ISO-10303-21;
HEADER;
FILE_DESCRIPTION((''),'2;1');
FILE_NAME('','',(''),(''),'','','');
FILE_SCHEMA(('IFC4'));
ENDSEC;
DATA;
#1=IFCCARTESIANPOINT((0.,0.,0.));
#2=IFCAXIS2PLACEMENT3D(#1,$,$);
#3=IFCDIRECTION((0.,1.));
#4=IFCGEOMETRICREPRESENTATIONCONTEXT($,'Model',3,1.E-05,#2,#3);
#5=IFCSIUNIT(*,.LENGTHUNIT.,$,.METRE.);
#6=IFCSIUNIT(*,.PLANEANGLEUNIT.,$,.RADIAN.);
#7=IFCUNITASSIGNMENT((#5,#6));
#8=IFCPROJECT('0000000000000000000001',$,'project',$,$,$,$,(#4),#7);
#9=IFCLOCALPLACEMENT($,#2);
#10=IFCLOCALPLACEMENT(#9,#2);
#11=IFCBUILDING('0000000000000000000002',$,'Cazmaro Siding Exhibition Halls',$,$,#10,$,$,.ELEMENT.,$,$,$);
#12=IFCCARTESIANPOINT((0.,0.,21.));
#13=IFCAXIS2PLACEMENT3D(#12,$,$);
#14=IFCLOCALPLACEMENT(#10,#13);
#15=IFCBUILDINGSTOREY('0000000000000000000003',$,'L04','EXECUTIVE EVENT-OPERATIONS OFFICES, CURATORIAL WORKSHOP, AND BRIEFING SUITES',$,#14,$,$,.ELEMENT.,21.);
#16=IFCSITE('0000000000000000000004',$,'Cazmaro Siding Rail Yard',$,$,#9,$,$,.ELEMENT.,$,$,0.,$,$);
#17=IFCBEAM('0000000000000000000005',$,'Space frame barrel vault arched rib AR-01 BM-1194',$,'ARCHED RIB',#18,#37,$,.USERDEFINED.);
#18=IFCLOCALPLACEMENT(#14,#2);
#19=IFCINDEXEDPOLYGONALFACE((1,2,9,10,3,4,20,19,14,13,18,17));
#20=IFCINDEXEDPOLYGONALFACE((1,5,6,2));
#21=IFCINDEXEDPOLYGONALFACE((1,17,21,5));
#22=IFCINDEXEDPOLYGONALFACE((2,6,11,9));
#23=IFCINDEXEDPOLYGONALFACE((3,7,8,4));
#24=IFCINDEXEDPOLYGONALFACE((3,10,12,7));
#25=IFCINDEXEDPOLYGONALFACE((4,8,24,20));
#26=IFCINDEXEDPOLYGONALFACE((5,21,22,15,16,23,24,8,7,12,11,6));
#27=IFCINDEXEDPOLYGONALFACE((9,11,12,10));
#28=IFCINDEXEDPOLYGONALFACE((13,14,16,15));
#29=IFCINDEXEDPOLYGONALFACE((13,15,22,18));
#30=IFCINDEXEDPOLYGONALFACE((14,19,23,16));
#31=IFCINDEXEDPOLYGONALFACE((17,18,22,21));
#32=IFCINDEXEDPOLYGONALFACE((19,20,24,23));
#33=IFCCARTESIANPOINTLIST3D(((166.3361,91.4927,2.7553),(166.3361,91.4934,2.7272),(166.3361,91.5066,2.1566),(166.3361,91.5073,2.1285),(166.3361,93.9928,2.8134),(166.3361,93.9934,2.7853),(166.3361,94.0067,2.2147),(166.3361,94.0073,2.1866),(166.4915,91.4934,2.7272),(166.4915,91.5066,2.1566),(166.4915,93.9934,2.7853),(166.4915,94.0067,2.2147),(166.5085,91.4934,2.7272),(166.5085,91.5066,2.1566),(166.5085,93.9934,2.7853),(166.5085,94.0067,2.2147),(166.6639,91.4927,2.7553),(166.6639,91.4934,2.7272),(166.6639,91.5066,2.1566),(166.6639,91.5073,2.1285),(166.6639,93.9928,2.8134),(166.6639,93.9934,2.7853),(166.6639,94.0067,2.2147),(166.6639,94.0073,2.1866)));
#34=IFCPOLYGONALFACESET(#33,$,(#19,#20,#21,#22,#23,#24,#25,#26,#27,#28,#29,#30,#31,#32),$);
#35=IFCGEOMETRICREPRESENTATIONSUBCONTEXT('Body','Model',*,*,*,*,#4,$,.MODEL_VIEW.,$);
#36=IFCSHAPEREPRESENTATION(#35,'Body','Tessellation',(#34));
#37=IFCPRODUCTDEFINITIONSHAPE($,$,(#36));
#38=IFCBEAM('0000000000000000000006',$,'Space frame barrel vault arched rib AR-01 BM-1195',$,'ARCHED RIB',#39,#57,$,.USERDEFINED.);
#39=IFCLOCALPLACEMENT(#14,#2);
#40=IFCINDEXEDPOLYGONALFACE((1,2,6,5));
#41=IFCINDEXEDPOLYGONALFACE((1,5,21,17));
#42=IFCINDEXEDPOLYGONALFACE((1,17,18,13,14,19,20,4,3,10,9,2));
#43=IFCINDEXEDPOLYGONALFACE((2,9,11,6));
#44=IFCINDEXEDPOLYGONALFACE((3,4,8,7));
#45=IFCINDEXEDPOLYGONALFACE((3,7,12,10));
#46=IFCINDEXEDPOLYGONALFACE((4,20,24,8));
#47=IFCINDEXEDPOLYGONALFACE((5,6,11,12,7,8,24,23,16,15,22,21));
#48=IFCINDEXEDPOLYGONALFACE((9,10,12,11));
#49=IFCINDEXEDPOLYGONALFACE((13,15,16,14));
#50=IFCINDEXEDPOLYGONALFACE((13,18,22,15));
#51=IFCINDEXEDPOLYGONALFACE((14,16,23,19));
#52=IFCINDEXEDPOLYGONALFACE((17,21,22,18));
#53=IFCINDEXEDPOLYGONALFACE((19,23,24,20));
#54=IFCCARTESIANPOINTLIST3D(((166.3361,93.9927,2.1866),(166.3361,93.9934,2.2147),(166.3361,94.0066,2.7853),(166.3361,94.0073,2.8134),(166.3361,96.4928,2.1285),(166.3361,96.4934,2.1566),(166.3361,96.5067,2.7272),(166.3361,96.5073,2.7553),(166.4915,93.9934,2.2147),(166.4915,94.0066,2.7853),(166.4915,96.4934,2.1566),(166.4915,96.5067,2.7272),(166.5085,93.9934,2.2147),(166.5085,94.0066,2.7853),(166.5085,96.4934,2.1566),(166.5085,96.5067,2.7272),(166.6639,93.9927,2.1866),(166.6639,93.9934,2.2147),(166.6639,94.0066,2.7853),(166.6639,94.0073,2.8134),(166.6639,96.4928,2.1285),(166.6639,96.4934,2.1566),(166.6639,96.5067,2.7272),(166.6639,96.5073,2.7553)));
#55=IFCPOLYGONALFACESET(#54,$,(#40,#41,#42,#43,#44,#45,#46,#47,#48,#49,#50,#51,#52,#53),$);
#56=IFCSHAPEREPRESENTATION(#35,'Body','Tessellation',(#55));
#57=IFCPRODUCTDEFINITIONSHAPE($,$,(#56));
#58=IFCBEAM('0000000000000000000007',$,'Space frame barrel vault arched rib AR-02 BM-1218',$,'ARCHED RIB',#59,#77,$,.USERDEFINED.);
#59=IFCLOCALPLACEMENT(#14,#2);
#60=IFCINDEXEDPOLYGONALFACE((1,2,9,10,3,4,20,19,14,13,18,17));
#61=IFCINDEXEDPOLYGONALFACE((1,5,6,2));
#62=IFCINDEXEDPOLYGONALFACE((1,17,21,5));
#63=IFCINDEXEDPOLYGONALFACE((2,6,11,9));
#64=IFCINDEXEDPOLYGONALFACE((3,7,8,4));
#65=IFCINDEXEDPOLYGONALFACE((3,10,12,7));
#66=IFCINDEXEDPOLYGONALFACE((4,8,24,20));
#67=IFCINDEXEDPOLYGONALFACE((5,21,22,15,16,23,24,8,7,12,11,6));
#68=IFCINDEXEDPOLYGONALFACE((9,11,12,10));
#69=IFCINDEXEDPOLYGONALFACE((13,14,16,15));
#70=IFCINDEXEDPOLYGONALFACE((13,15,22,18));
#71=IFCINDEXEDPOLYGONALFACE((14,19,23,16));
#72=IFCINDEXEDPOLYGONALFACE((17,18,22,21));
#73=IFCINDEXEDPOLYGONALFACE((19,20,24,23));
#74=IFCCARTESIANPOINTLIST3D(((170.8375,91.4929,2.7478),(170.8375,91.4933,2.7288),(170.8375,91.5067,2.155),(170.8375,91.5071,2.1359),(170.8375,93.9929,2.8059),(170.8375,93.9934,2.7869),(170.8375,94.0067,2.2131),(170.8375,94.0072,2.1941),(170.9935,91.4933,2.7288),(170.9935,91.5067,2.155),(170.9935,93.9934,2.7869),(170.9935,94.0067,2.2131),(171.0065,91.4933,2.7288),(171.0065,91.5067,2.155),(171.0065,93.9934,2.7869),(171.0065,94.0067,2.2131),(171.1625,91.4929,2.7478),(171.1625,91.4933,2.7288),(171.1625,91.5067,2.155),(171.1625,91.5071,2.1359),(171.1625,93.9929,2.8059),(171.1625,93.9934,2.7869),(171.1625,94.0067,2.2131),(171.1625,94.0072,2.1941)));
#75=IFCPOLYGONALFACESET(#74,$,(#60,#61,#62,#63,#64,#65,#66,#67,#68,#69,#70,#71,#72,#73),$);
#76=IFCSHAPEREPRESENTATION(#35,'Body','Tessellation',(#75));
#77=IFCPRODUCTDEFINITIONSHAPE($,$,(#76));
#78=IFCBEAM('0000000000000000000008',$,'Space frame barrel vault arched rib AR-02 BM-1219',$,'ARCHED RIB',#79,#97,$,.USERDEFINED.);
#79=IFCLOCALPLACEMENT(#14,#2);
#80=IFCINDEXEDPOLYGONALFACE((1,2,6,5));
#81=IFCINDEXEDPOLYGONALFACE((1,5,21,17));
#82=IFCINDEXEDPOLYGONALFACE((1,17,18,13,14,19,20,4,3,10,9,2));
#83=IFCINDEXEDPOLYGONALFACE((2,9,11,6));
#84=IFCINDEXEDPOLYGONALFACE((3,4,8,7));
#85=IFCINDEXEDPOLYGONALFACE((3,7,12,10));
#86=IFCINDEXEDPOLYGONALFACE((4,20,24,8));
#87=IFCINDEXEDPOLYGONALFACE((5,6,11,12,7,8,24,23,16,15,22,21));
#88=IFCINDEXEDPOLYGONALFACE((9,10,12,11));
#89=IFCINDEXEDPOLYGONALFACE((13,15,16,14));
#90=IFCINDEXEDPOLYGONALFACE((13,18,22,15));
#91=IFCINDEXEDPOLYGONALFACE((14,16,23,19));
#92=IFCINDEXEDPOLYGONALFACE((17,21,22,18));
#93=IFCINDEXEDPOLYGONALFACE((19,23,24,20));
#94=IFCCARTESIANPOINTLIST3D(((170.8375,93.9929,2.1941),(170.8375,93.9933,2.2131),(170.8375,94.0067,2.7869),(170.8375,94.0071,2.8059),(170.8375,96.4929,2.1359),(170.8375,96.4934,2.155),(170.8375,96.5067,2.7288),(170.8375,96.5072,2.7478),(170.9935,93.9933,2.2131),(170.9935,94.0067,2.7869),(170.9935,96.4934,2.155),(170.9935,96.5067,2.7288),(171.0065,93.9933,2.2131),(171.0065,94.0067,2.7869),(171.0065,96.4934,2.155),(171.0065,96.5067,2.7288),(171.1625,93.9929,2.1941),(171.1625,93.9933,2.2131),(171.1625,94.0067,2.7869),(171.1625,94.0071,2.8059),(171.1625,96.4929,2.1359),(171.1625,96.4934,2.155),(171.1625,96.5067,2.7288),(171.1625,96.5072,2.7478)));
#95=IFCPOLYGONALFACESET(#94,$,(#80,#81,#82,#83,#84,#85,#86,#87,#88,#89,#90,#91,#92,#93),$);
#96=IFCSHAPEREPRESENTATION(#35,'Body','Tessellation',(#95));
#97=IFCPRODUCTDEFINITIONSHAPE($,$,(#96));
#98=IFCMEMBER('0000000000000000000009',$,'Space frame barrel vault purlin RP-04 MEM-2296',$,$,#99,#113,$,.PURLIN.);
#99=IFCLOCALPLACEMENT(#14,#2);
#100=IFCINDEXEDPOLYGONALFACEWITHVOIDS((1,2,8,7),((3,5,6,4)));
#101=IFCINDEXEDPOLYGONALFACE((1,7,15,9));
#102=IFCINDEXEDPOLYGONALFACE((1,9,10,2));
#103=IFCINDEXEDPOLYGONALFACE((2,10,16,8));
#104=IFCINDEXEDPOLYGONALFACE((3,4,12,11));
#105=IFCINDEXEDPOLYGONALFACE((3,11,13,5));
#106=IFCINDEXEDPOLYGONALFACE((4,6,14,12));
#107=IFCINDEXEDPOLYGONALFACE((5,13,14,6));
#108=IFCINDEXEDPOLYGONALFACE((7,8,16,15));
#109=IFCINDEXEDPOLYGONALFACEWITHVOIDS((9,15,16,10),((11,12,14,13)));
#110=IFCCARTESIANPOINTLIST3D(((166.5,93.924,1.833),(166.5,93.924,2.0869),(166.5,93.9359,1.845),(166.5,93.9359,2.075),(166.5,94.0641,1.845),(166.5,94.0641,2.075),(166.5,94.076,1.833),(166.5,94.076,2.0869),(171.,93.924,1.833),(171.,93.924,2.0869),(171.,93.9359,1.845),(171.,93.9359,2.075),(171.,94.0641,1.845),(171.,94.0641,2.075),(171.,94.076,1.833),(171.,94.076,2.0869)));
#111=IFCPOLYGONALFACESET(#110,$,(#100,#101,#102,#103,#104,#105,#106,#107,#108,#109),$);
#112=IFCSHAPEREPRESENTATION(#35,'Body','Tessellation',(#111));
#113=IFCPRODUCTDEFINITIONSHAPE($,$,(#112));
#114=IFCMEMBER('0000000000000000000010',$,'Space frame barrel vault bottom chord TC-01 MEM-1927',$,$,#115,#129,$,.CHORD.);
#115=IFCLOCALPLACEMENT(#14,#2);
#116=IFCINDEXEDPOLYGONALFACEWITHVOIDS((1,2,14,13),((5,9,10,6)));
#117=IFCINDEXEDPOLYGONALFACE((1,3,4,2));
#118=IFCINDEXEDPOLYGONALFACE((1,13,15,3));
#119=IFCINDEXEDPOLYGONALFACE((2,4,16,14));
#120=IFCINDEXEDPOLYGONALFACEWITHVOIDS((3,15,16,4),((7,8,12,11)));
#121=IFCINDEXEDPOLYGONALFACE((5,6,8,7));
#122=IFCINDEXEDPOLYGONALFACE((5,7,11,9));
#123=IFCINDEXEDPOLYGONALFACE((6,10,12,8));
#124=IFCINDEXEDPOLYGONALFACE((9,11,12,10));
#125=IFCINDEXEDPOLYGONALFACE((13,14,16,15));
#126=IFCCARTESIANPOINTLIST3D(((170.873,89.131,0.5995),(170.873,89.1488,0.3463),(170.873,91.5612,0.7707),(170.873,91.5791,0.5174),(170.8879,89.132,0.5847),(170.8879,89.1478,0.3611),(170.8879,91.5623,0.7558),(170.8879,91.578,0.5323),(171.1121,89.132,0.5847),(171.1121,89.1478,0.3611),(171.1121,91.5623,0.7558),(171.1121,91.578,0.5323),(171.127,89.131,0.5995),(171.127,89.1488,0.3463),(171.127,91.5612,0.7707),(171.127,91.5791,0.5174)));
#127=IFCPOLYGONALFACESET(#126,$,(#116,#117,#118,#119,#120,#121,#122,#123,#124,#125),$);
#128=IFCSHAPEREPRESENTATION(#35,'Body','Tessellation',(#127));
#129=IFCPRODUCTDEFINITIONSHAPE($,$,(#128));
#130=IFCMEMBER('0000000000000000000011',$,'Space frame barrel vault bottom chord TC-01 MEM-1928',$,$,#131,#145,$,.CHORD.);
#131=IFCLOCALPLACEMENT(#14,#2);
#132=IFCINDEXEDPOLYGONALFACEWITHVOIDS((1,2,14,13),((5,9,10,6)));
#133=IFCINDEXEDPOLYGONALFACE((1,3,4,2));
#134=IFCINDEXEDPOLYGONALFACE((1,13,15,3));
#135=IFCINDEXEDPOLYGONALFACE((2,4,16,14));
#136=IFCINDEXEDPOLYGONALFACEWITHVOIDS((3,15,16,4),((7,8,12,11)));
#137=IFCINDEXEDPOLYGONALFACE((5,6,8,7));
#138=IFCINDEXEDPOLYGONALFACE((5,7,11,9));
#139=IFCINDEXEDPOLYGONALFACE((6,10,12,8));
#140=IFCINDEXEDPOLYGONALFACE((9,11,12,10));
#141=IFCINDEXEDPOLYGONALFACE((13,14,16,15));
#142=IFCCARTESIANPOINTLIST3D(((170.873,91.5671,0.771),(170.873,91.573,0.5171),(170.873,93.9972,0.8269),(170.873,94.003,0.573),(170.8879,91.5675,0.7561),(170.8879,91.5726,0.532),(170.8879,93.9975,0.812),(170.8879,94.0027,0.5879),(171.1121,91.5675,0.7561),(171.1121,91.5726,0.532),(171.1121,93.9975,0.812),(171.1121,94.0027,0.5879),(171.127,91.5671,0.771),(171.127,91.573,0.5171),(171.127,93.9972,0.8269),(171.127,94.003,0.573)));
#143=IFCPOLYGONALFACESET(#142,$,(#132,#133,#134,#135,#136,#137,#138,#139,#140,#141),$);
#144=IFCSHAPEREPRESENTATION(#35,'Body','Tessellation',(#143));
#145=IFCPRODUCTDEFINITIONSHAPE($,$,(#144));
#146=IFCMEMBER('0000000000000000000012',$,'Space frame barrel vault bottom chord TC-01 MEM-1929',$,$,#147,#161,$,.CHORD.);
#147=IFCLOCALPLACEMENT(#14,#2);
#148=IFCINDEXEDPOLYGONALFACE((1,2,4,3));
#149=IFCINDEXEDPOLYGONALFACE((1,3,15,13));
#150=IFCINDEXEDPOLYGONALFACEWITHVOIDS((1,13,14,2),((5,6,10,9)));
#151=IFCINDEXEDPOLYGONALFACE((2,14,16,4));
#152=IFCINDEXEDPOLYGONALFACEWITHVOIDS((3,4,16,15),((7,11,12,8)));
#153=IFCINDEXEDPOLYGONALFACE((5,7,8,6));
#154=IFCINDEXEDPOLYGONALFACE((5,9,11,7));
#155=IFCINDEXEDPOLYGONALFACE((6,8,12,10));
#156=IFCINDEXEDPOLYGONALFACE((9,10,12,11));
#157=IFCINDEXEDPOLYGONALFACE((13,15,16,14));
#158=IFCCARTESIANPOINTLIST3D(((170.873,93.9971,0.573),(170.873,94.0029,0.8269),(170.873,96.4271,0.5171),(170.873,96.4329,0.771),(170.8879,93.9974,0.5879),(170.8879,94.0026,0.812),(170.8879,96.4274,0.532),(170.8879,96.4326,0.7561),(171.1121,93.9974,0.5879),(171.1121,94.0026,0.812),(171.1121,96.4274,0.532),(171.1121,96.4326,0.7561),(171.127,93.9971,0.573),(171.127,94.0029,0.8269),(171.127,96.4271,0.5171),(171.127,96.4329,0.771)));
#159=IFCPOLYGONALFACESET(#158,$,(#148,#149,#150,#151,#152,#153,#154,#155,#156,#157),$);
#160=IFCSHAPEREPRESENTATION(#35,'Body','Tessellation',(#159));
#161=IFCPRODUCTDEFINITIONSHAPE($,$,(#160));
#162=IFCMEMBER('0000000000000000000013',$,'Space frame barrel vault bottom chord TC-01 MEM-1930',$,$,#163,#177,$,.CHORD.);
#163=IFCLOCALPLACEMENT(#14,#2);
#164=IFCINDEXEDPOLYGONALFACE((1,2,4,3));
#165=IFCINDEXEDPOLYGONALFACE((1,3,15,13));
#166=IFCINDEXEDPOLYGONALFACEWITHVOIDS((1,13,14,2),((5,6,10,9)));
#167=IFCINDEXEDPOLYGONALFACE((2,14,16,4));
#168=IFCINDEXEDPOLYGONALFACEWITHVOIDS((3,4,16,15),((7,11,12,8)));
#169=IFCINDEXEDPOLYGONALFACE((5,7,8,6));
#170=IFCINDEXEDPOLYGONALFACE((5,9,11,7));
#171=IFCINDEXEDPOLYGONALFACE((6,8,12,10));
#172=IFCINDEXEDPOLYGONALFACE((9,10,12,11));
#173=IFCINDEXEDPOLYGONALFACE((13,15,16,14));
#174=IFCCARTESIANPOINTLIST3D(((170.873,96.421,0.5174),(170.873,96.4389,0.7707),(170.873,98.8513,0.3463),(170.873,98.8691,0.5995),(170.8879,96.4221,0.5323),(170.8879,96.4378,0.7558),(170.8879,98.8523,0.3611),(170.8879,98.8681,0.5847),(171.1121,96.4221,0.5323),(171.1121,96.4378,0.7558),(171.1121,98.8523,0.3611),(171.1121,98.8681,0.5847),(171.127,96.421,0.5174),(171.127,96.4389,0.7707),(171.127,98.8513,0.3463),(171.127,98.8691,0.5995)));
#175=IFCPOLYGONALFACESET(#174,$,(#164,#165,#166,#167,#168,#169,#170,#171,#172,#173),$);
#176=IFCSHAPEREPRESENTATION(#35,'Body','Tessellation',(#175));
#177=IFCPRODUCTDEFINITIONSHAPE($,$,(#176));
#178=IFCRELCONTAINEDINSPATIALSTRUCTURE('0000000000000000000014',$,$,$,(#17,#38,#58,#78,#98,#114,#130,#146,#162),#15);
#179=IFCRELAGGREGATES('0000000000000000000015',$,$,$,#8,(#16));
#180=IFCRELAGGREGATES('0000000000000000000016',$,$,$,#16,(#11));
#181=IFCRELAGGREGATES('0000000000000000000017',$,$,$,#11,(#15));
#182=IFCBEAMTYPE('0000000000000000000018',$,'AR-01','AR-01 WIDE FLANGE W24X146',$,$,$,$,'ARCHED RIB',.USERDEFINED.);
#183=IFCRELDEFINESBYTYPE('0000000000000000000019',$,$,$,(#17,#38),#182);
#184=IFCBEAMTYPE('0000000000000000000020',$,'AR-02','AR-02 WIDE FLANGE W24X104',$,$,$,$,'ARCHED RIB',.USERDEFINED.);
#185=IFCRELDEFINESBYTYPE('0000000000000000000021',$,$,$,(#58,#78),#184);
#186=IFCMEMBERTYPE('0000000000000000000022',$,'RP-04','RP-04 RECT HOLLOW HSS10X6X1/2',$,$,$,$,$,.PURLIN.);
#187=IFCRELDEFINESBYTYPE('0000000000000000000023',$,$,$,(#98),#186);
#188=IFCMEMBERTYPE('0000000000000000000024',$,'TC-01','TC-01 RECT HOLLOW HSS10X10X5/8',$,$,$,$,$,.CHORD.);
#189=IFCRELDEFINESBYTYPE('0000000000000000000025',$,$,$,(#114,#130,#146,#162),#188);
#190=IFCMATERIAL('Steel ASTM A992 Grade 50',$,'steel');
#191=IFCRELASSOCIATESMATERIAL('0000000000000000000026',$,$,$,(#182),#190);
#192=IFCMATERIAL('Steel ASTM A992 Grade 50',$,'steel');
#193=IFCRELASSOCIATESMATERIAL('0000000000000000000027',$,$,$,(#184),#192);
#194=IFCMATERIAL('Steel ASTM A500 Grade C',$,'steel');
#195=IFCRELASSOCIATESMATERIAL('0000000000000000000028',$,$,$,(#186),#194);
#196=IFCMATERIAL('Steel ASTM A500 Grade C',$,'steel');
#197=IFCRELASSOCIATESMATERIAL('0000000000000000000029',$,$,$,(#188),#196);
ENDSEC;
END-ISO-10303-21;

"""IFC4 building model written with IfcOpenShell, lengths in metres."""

from ifc_helpers import new_model, si_unit, direction, frame, origin, origin_2d, place, context, subcontext, project, spatial, hollow_rectangle, i_section, extrude, material, material_profile, profile_set, type_object, element, save


model = new_model("IFC4")

# Units and contexts
model_context = context("Model", 3, precision=1e-05, world=origin(), true_north=direction((0.0, 1.0)))
body_context = subcontext(model_context, "Body", "Model", "MODEL_VIEW")
ifc_project = project(units=[si_unit("LENGTHUNIT", "METRE"), si_unit("PLANEANGLEUNIT", "RADIAN")], contexts=[model_context])

# Site, building, storey
site_placement = place(None, origin())
site = spatial("IfcSite", under=ifc_project, at=site_placement, Name="Cazmaro Siding Rail Yard", CompositionType="ELEMENT", RefElevation=0.0)
building_placement = place(site_placement, origin())
building = spatial("IfcBuilding", under=site, at=building_placement, Name="Cazmaro Siding Exhibition Halls", CompositionType="ELEMENT")
storey_placement = place(building_placement, frame((0.0, 0.0, 21.0)))
storey = spatial("IfcBuildingStorey", under=building, at=storey_placement, Name="L04", Description="EXECUTIVE EVENT-OPERATIONS OFFICES, CURATORIAL WORKSHOP, AND BRIEFING SUITES", CompositionType="ELEMENT", Elevation=21.0)

# Beams
ifc_material_1 = material(Name="Steel ASTM A992 Grade 50", Category="steel")
ifc_material_profile_1 = material_profile(ifc_material_1, i_section(OverallWidth=0.3279, OverallDepth=0.627, WebThickness=0.0171, FlangeThickness=0.0281, at=origin_2d()), Name="W24X146")
ifc_profile_set_1 = profile_set([ifc_material_profile_1], Name="Steel ASTM A992 Grade 50")
beam_type_1 = type_object("IfcBeamType", Name="AR-01", Description="AR-01 WIDE FLANGE W24X146", ElementType="ARCHED RIB", PredefinedType="USERDEFINED", material=ifc_profile_set_1)
for number, where, z_axis, x_axis, name in (
    (1, (166.5, 91.5, 2.4419), (0.0, 0.99973, 0.023236), (-1.0, 0.0, 0.0), "Space frame barrel vault arched rib AR-01 BM-1194"),
    (2, (166.5, 94.0, 2.5), (0.0, 0.99973, -0.023236), (-1.0, 0.0, 0.0), "Space frame barrel vault arched rib AR-01 BM-1195"),
):
    element("IfcBeam", number, at=place(storey_placement, frame(where, z_axis=z_axis, x_axis=x_axis)), inside=storey, type_object=beam_type_1, Name=name, ObjectType="ARCHED RIB", PredefinedType="USERDEFINED", context=body_context, shape_type="SweptSolid", body=[
        extrude(i_section(OverallWidth=0.3279, OverallDepth=0.627, WebThickness=0.0171, FlangeThickness=0.0281, at=origin_2d()), origin(), (0.0, 0.0, 1.0), 2.5007),
    ])
ifc_material_2 = material(Name="Steel ASTM A992 Grade 50", Category="steel")
ifc_material_profile_2 = material_profile(ifc_material_2, i_section(OverallWidth=0.325, OverallDepth=0.6121, WebThickness=0.0129, FlangeThickness=0.019, at=origin_2d()), Name="W24X104")
ifc_profile_set_2 = profile_set([ifc_material_profile_2], Name="Steel ASTM A992 Grade 50")
beam_type_2 = type_object("IfcBeamType", Name="AR-02", Description="AR-02 WIDE FLANGE W24X104", ElementType="ARCHED RIB", PredefinedType="USERDEFINED", material=ifc_profile_set_2)
for number, where, z_axis, x_axis, name in (
    (3, (171.0, 91.5, 2.4419), (0.0, 0.99973, 0.023236), (-1.0, 0.0, 0.0), "Space frame barrel vault arched rib AR-02 BM-1218"),
    (4, (171.0, 94.0, 2.5), (0.0, 0.99973, -0.023236), (-1.0, 0.0, 0.0), "Space frame barrel vault arched rib AR-02 BM-1219"),
):
    element("IfcBeam", number, at=place(storey_placement, frame(where, z_axis=z_axis, x_axis=x_axis)), inside=storey, type_object=beam_type_2, Name=name, ObjectType="ARCHED RIB", PredefinedType="USERDEFINED", context=body_context, shape_type="SweptSolid", body=[
        extrude(i_section(OverallWidth=0.325, OverallDepth=0.6121, WebThickness=0.0129, FlangeThickness=0.019, at=origin_2d()), origin(), (0.0, 0.0, 1.0), 2.5007),
    ])

# Members
ifc_material_3 = material(Name="Steel ASTM A500 Grade C", Category="steel")
ifc_material_profile_3 = material_profile(ifc_material_3, hollow_rectangle(XDim=0.1521, YDim=0.2539, WallThickness=0.012, at=origin_2d()), Name="HSS10X6X1/2")
ifc_profile_set_3 = profile_set([ifc_material_profile_3], Name="Steel ASTM A500 Grade C")
member_type_1 = type_object("IfcMemberType", Name="RP-04", Description="RP-04 RECT HOLLOW HSS10X6X1/2", PredefinedType="PURLIN", material=ifc_profile_set_3)
member_1_placement = place(storey_placement, frame((166.5, 94.0, 1.96), z_axis=(1.0, 0.0, 0.0), x_axis=(0.0, 1.0, 0.0)))
element("IfcMember", 5, at=member_1_placement, inside=storey, type_object=member_type_1, Name="Space frame barrel vault purlin RP-04 MEM-2296", PredefinedType="PURLIN", context=body_context, shape_type="SweptSolid", body=[
    extrude(hollow_rectangle(XDim=0.1521, YDim=0.2539, WallThickness=0.012, at=origin_2d()), origin(), (0.0, 0.0, 1.0), 4.5),
])
ifc_material_4 = material(Name="Steel ASTM A500 Grade C", Category="steel")
ifc_material_profile_4 = material_profile(ifc_material_4, hollow_rectangle(XDim=0.2539, YDim=0.2539, WallThickness=0.0149, at=origin_2d()), Name="HSS10X10X5/8")
ifc_profile_set_4 = profile_set([ifc_material_profile_4], Name="Steel ASTM A500 Grade C")
member_type_2 = type_object("IfcMemberType", Name="TC-01", Description="TC-01 RECT HOLLOW HSS10X10X5/8", PredefinedType="CHORD", material=ifc_profile_set_4)
member_2_placement = place(storey_placement, frame((171.0, 89.1399, 0.4729), z_axis=(0.0, 0.997529, 0.07025), x_axis=(-1.0, 0.0, 0.0)))
element("IfcMember", 6, at=member_2_placement, inside=storey, type_object=member_type_2, Name="Space frame barrel vault bottom chord TC-01 MEM-1927", PredefinedType="CHORD", context=body_context, shape_type="SweptSolid", body=[
    extrude(hollow_rectangle(XDim=0.2539, YDim=0.2539, WallThickness=0.0149, at=origin_2d()), origin(), (0.0, 0.0, 1.0), 2.4363),
])
for number, where, z_axis, x_axis, name in (
    (7, (171.0, 91.5701, 0.644), (0.0, 0.999735, 0.023002), (-1.0, 0.0, 0.0), "Space frame barrel vault bottom chord TC-01 MEM-1928"),
    (8, (171.0, 94.0, 0.7), (0.0, 0.999735, -0.023002), (-1.0, 0.0, 0.0), "Space frame barrel vault bottom chord TC-01 MEM-1929"),
):
    element("IfcMember", number, at=place(storey_placement, frame(where, z_axis=z_axis, x_axis=x_axis)), inside=storey, type_object=member_type_2, Name=name, PredefinedType="CHORD", context=body_context, shape_type="SweptSolid", body=[
        extrude(hollow_rectangle(XDim=0.2539, YDim=0.2539, WallThickness=0.0149, at=origin_2d()), origin(), (0.0, 0.0, 1.0), 2.4307),
    ])
member_3_placement = place(storey_placement, frame((171.0, 96.4299, 0.644), z_axis=(0.0, 0.997529, -0.07025), x_axis=(-1.0, 0.0, 0.0)))
element("IfcMember", 9, at=member_3_placement, inside=storey, type_object=member_type_2, Name="Space frame barrel vault bottom chord TC-01 MEM-1930", PredefinedType="CHORD", context=body_context, shape_type="SweptSolid", body=[
    extrude(hollow_rectangle(XDim=0.2539, YDim=0.2539, WallThickness=0.0149, at=origin_2d()), origin(), (0.0, 0.0, 1.0), 2.4363),
])

save(model, "model.ifc")
